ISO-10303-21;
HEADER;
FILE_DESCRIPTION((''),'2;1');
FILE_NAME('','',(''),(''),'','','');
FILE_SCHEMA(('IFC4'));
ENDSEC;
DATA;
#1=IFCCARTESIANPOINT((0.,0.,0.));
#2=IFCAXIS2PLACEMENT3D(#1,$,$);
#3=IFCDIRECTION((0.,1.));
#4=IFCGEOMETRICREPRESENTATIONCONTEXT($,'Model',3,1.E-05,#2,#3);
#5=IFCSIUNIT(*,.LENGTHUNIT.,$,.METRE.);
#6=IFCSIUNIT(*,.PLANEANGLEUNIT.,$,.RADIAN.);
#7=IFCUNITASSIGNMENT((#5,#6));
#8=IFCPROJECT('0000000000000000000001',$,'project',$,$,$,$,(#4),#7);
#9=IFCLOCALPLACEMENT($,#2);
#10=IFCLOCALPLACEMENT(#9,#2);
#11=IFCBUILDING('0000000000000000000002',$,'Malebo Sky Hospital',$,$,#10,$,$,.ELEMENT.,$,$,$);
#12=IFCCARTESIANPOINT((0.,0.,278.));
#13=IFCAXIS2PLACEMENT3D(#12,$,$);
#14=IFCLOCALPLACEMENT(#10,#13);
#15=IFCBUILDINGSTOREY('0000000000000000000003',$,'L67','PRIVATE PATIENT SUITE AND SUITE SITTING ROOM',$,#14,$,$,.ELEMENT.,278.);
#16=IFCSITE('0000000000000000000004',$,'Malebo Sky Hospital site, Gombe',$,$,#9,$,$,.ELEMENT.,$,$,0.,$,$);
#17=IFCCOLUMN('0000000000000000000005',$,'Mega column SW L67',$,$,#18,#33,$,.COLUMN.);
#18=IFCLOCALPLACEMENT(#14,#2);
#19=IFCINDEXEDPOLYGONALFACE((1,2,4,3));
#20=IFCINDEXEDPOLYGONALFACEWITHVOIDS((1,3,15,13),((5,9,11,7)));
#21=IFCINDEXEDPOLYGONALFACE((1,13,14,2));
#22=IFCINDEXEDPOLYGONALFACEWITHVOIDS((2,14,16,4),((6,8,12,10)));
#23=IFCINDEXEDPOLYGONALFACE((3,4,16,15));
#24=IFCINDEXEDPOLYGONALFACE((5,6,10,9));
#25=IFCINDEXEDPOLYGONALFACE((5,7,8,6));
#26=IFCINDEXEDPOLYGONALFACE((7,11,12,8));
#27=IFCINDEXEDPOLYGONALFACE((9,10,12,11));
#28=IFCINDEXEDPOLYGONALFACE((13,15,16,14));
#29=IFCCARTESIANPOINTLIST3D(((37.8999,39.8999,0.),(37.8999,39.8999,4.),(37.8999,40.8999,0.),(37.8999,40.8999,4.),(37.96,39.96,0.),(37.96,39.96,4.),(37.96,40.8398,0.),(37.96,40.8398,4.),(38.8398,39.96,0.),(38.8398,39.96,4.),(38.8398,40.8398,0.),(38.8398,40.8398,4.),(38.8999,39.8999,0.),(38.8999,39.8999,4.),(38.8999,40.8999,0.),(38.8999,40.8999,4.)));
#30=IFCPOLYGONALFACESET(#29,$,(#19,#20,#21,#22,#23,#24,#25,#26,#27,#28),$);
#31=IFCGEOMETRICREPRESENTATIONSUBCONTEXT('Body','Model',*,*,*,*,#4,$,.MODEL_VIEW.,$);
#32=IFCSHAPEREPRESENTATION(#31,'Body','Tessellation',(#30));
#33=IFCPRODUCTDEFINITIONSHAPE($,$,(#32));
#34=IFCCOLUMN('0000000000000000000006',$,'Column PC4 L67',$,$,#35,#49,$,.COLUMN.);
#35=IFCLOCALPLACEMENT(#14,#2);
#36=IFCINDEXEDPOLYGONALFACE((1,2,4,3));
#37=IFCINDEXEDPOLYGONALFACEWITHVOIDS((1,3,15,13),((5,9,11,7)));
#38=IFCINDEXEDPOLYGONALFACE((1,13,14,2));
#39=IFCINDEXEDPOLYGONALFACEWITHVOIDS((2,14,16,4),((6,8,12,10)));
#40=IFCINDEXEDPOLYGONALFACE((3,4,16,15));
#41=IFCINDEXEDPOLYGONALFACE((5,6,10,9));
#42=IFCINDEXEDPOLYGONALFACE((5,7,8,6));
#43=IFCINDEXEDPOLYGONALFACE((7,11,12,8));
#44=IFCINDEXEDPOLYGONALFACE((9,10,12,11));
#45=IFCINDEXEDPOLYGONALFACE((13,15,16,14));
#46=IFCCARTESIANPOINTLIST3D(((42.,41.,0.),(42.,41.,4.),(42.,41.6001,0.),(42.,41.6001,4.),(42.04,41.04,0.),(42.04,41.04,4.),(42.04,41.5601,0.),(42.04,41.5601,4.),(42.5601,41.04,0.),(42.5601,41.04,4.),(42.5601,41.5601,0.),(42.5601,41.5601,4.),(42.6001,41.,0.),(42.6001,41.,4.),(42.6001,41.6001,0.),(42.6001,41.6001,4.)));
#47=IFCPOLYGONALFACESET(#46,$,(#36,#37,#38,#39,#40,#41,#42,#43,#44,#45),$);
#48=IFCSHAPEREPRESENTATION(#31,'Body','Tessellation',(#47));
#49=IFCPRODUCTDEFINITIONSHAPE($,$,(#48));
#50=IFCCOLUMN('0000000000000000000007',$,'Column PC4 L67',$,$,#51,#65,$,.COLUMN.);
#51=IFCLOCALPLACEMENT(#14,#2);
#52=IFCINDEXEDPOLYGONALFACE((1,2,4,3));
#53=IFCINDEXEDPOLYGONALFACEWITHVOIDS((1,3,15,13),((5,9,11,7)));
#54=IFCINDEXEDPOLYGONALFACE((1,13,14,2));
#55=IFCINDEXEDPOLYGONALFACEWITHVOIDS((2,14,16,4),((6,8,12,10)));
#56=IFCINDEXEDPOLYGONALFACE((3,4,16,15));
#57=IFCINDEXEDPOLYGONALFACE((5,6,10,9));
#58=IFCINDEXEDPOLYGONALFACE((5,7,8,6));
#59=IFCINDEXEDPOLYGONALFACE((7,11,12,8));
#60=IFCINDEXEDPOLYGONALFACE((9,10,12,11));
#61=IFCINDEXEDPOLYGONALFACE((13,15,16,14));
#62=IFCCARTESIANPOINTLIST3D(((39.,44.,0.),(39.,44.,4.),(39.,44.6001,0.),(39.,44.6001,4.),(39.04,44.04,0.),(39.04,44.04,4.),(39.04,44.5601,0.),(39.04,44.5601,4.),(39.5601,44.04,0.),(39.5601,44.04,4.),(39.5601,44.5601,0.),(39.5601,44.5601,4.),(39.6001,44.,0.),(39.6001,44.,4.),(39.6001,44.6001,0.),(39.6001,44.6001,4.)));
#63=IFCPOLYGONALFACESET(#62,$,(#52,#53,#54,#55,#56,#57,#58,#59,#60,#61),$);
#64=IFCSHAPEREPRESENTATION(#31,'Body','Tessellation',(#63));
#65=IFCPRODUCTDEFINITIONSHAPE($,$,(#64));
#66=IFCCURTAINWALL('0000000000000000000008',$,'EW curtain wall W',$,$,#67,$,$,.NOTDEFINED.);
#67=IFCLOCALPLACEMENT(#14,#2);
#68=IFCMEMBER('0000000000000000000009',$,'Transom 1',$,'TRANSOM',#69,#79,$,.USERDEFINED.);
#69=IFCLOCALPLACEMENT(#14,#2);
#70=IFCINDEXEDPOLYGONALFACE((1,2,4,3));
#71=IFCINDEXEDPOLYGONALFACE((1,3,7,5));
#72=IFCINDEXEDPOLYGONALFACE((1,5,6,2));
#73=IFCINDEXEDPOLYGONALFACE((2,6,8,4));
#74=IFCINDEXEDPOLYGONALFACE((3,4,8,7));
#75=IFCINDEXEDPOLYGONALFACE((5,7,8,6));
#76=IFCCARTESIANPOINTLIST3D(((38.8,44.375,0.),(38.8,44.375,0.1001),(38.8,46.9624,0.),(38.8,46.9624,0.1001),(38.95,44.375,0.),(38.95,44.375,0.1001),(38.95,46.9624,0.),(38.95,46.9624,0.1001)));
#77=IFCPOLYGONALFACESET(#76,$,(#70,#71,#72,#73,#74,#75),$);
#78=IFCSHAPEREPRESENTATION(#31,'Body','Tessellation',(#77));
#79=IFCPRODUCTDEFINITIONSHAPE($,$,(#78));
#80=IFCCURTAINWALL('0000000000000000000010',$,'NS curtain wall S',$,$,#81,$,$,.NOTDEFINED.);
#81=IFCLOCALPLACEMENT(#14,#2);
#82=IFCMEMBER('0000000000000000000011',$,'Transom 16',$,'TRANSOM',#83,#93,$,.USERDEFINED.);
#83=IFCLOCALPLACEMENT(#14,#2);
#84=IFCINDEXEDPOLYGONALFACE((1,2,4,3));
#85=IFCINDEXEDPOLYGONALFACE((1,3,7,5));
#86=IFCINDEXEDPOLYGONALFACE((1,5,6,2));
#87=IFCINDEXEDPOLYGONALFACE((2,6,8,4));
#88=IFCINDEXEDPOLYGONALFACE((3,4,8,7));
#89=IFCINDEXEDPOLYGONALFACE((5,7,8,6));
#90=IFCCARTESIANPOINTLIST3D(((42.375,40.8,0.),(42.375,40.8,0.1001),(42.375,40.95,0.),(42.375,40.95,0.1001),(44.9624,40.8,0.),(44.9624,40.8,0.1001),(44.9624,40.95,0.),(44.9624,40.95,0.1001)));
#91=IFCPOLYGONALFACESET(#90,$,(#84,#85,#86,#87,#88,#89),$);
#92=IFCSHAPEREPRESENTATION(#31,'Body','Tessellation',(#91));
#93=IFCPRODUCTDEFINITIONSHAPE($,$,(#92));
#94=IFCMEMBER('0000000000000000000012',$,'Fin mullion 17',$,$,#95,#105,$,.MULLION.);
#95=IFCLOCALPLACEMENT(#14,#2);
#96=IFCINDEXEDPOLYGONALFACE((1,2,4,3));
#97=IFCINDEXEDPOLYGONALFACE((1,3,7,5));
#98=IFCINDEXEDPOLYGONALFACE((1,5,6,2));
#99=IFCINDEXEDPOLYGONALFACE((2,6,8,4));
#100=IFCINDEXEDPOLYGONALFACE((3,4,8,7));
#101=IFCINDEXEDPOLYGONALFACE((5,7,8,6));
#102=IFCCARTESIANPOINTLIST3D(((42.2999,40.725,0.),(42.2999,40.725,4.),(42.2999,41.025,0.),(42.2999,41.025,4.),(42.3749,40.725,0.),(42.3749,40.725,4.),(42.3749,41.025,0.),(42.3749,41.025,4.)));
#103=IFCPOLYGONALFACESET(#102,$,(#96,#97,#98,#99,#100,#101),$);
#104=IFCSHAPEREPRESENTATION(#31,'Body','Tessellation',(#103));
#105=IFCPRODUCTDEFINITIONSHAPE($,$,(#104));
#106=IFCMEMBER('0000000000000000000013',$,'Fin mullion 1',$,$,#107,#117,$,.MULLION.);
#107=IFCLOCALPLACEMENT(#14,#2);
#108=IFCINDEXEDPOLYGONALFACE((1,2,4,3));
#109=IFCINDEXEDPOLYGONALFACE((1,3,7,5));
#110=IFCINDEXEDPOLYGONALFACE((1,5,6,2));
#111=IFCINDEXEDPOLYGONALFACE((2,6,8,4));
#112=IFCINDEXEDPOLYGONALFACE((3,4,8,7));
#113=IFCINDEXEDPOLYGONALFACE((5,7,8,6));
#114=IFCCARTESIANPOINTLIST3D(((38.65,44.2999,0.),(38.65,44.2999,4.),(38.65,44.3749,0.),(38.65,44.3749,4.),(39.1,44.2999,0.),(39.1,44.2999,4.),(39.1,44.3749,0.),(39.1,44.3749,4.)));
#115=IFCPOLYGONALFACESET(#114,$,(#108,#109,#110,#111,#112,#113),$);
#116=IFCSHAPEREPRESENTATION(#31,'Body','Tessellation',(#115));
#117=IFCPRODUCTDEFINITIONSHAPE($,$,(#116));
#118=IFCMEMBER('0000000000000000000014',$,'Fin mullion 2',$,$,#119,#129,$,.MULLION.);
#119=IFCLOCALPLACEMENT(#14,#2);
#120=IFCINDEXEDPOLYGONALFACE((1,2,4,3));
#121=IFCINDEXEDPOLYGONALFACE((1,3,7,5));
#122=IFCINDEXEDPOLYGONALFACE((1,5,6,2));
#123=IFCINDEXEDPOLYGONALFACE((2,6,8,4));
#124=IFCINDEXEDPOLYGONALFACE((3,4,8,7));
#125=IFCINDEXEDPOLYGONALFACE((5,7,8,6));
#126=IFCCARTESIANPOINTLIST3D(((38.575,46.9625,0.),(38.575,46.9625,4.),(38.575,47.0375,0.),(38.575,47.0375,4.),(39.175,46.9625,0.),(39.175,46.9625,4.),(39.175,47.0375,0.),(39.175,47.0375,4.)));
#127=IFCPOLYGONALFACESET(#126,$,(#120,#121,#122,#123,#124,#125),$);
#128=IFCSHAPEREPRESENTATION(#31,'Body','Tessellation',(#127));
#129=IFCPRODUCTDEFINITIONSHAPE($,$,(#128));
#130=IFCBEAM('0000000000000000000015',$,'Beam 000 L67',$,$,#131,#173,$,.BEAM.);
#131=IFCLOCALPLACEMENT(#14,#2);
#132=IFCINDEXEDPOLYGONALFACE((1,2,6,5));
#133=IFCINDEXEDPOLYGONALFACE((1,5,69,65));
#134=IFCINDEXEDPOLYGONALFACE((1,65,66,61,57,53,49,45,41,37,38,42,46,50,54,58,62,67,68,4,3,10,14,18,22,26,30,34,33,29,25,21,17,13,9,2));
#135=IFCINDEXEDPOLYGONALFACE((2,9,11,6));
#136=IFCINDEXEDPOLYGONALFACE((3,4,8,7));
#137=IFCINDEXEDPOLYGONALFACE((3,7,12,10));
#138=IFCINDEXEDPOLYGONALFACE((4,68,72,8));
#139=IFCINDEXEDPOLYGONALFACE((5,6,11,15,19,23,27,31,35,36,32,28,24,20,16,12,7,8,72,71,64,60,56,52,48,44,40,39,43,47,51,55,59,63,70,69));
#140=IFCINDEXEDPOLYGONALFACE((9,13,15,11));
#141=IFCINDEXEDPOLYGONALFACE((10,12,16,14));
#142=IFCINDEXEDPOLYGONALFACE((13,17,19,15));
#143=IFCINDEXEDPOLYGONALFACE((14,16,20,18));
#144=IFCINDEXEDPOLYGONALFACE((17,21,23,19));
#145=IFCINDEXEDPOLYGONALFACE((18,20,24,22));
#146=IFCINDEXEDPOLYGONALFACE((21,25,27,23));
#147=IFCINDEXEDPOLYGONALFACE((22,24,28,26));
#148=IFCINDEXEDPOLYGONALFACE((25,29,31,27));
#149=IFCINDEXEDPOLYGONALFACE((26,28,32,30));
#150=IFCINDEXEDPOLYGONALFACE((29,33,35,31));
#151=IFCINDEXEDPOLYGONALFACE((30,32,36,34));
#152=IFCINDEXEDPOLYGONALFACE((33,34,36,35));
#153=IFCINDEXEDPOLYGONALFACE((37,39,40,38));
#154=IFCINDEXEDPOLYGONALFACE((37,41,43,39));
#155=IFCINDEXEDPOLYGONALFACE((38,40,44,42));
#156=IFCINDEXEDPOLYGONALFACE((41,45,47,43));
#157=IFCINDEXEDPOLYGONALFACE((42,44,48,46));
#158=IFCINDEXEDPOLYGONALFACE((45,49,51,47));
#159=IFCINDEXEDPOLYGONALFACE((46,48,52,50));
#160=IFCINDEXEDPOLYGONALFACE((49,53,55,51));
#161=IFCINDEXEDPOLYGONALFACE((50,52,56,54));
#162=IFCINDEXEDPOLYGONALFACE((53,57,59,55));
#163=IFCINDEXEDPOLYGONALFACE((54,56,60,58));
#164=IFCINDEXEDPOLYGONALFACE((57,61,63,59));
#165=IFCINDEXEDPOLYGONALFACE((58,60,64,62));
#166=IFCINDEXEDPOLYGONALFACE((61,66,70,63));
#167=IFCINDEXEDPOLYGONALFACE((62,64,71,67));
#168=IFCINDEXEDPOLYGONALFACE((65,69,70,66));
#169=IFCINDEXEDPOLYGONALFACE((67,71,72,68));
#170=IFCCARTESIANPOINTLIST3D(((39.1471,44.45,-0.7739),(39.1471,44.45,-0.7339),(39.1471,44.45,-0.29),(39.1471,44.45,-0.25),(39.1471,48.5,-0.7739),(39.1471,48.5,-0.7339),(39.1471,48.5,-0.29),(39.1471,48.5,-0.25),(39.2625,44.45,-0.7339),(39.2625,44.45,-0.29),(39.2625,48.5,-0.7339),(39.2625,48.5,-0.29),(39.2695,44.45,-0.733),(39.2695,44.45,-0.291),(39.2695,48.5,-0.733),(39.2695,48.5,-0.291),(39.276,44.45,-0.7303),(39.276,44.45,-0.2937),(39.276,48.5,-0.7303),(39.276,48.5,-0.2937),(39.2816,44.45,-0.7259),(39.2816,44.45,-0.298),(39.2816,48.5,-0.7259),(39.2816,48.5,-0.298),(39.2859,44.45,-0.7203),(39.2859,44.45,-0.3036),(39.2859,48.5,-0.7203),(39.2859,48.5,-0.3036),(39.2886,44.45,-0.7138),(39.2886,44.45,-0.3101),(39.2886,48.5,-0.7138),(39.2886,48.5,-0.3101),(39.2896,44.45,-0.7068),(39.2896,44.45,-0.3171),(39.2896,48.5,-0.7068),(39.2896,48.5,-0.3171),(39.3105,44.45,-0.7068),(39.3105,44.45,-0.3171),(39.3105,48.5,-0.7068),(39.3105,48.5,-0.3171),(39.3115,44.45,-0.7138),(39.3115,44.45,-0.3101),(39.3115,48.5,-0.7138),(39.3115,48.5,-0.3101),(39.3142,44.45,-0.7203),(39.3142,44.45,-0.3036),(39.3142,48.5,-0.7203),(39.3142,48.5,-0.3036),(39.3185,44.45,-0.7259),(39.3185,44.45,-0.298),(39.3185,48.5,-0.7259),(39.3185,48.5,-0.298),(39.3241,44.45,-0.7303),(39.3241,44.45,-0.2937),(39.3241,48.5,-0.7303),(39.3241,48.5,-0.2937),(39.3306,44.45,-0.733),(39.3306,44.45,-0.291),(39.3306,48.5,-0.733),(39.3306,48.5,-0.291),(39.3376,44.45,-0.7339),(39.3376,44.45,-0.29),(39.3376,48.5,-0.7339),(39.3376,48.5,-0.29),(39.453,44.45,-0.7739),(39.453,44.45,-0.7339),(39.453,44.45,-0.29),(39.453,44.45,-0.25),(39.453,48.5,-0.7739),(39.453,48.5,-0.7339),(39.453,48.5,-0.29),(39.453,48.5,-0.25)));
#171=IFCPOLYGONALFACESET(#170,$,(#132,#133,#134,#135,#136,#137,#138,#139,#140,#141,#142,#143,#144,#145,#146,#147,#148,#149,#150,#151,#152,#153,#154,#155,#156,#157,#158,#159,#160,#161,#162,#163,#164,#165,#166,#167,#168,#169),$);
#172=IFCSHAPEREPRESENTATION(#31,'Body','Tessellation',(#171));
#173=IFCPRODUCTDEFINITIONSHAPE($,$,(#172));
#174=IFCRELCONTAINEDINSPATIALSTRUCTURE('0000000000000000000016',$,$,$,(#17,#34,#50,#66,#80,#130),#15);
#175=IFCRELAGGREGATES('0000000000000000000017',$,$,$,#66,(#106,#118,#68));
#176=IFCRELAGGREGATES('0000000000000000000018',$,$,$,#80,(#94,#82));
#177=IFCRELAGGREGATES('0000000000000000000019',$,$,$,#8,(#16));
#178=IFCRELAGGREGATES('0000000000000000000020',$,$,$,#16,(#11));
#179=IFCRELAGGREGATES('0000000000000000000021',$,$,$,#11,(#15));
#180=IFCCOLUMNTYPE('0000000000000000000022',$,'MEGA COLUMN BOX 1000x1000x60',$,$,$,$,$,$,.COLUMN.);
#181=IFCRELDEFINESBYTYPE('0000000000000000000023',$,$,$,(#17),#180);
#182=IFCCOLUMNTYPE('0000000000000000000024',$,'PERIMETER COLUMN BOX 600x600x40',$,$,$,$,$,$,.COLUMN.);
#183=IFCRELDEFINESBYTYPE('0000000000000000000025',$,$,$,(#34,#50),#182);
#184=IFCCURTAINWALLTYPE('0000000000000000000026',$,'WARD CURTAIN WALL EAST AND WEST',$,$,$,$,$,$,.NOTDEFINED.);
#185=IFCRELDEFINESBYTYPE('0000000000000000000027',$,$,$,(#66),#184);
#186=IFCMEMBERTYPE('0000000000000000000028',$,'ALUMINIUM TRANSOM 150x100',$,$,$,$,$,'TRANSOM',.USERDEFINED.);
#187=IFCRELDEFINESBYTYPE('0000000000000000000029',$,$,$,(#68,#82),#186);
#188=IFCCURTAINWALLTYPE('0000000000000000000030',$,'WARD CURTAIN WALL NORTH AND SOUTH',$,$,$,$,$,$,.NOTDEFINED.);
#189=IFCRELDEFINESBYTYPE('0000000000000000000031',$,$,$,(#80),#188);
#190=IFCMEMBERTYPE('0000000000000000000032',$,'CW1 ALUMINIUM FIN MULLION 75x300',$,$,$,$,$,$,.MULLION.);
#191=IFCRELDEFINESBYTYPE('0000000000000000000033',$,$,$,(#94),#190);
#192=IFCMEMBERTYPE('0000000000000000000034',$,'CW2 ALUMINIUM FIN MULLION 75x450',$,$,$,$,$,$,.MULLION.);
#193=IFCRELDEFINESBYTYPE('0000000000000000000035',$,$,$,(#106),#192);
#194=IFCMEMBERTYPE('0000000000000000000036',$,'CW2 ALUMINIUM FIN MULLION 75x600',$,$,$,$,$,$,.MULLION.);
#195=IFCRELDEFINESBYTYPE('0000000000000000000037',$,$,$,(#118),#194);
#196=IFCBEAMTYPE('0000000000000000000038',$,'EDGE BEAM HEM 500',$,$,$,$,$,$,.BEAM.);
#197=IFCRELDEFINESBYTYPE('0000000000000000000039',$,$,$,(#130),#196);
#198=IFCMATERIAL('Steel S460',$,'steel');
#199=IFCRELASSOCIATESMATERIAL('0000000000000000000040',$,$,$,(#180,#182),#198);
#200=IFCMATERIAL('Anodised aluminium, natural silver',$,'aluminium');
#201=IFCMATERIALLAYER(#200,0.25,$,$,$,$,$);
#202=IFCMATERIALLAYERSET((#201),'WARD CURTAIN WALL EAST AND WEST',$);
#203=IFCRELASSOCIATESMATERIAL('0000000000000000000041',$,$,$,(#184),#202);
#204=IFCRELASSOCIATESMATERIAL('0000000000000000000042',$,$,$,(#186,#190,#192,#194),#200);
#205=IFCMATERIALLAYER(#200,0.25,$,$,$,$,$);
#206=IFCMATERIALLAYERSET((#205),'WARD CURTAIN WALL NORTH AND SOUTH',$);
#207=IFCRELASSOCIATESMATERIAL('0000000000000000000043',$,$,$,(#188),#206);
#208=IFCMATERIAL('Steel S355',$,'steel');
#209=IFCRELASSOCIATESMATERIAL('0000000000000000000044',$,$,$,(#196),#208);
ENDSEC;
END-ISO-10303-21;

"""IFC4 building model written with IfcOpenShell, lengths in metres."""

from ifc_helpers import new_model, si_unit, direction, frame, origin, origin_2d, place, context, subcontext, project, spatial, rectangle, hollow_rectangle, i_section, extrude, material, layer, layer_set, material_profile, profile_set, type_object, element, aggregate, save


model = new_model("IFC4")

# Units and contexts
model_context = context("Model", 3, precision=1e-05, world=origin(), true_north=direction((0.0, 1.0)))
body_context = subcontext(model_context, "Body", "Model", "MODEL_VIEW")
ifc_project = project(units=[si_unit("LENGTHUNIT", "METRE"), si_unit("PLANEANGLEUNIT", "RADIAN")], contexts=[model_context])

# Site, building, storey
site_placement = place(None, origin())
site = spatial("IfcSite", under=ifc_project, at=site_placement, Name="Malebo Sky Hospital site, Gombe", CompositionType="ELEMENT", RefElevation=0.0)
building_placement = place(site_placement, origin())
building = spatial("IfcBuilding", under=site, at=building_placement, Name="Malebo Sky Hospital", CompositionType="ELEMENT")
storey_placement = place(building_placement, frame((0.0, 0.0, 278.0)))
storey = spatial("IfcBuildingStorey", under=building, at=storey_placement, Name="L67", Description="PRIVATE PATIENT SUITE AND SUITE SITTING ROOM", CompositionType="ELEMENT", Elevation=278.0)

# Columns
ifc_material_1 = material(Name="Steel S460", Category="steel")
ifc_material_profile_1 = material_profile(ifc_material_1, hollow_rectangle(XDim=1.0, YDim=1.0, WallThickness=0.0601, at=origin_2d()), Name="BOX 1000x1000x60")
ifc_profile_set_1 = profile_set([ifc_material_profile_1], Name="Steel S460")
column_type_1 = type_object("IfcColumnType", Name="MEGA COLUMN BOX 1000x1000x60", PredefinedType="COLUMN", material=ifc_profile_set_1)
column_placement = place(storey_placement, frame((38.3999, 40.3999, 0.0), z_axis=(0.0, 0.0, 1.0), x_axis=(1.0, 0.0, 0.0)))
element("IfcColumn", 1, at=column_placement, inside=storey, type_object=column_type_1, Name="Mega column SW L67", PredefinedType="COLUMN", context=body_context, shape_type="SweptSolid", body=[
    extrude(hollow_rectangle(XDim=1.0, YDim=1.0, WallThickness=0.0601, at=origin_2d()), origin(), (0.0, 0.0, 1.0), 4.0),
])
ifc_material_profile_2 = material_profile(ifc_material_1, hollow_rectangle(XDim=0.6001, YDim=0.6001, WallThickness=0.04, at=origin_2d()), Name="BOX 600x600x40")
ifc_profile_set_2 = profile_set([ifc_material_profile_2], Name="Steel S460")
column_type_2 = type_object("IfcColumnType", Name="PERIMETER COLUMN BOX 600x600x40", PredefinedType="COLUMN", material=ifc_profile_set_2)
for number, where, z_axis, x_axis, name in (
    (2, (42.3, 41.3, 0.0), (0.0, 0.0, 1.0), (1.0, 0.0, 0.0), "Column PC4 L67"),
    (3, (39.3, 44.3, 0.0), (0.0, 0.0, 1.0), (1.0, 0.0, 0.0), "Column PC4 L67"),
):
    element("IfcColumn", number, at=place(storey_placement, frame(where, z_axis=z_axis, x_axis=x_axis)), inside=storey, type_object=column_type_2, Name=name, PredefinedType="COLUMN", context=body_context, shape_type="SweptSolid", body=[
        extrude(hollow_rectangle(XDim=0.6001, YDim=0.6001, WallThickness=0.04, at=origin_2d()), origin(), (0.0, 0.0, 1.0), 4.0),
    ])

# Curtain wall, member
ifc_material_2 = material(Name="Anodised aluminium, natural silver", Category="aluminium")
ifc_layer_1 = layer(ifc_material_2, 0.25)
ifc_layer_set_1 = layer_set([ifc_layer_1], Name="WARD CURTAIN WALL EAST AND WEST")
curtain_wall_type_1 = type_object("IfcCurtainWallType", Name="WARD CURTAIN WALL EAST AND WEST", PredefinedType="NOTDEFINED", material=ifc_layer_set_1)
curtain_wall_1_placement = place(storey_placement, origin())
curtain_wall_1 = element("IfcCurtainWall", 4, at=curtain_wall_1_placement, inside=storey, type_object=curtain_wall_type_1, Name="EW curtain wall W", PredefinedType="NOTDEFINED")
ifc_material_profile_3 = material_profile(ifc_material_2, rectangle(XDim=0.1499, YDim=0.1001, at=origin_2d()), Name="ALUMINIUM TRANSOM 150x100")
ifc_profile_set_3 = profile_set([ifc_material_profile_3], Name="Anodised aluminium, natural silver")
member_type_1 = type_object("IfcMemberType", Name="ALUMINIUM TRANSOM 150x100", ElementType="TRANSOM", PredefinedType="USERDEFINED", material=ifc_profile_set_3)
member_1_placement = place(storey_placement, frame((38.875, 44.375, 0.05), z_axis=(0.0, 1.0, 0.0), x_axis=(-1.0, 0.0, 0.0)))
member_1 = element("IfcMember", 5, at=member_1_placement, type_object=member_type_1, Name="Transom 1", ObjectType="TRANSOM", PredefinedType="USERDEFINED", context=body_context, shape_type="SweptSolid", body=[
    extrude(rectangle(XDim=0.1499, YDim=0.1001, at=origin_2d()), origin(), (0.0, 0.0, 1.0), 2.5874),
])

# Curtain wall, members
ifc_layer_2 = layer(ifc_material_2, 0.25)
ifc_layer_set_2 = layer_set([ifc_layer_2], Name="WARD CURTAIN WALL NORTH AND SOUTH")
curtain_wall_type_2 = type_object("IfcCurtainWallType", Name="WARD CURTAIN WALL NORTH AND SOUTH", PredefinedType="NOTDEFINED", material=ifc_layer_set_2)
curtain_wall_2_placement = place(storey_placement, origin())
curtain_wall_2 = element("IfcCurtainWall", 6, at=curtain_wall_2_placement, inside=storey, type_object=curtain_wall_type_2, Name="NS curtain wall S", PredefinedType="NOTDEFINED")
member_2_placement = place(storey_placement, frame((44.9624, 40.875, 0.05), z_axis=(-1.0, 0.0, 0.0), x_axis=(0.0, -1.0, 0.0)))
member_2 = element("IfcMember", 7, at=member_2_placement, type_object=member_type_1, Name="Transom 16", ObjectType="TRANSOM", PredefinedType="USERDEFINED", context=body_context, shape_type="SweptSolid", body=[
    extrude(rectangle(XDim=0.1499, YDim=0.1001, at=origin_2d()), origin(), (0.0, 0.0, 1.0), 2.5874),
])
ifc_material_profile_4 = material_profile(ifc_material_2, rectangle(XDim=0.075, YDim=0.3, at=origin_2d()), Name="CW1 ALUMINIUM FIN MULLION 75x300")
ifc_profile_set_4 = profile_set([ifc_material_profile_4], Name="Anodised aluminium, natural silver")
member_type_2 = type_object("IfcMemberType", Name="CW1 ALUMINIUM FIN MULLION 75x300", PredefinedType="MULLION", material=ifc_profile_set_4)
member_3_placement = place(storey_placement, frame((42.3374, 40.875, 0.0), z_axis=(0.0, 0.0, 1.0), x_axis=(-1.0, 0.0, 0.0)))
member_3 = element("IfcMember", 8, at=member_3_placement, type_object=member_type_2, Name="Fin mullion 17", PredefinedType="MULLION", context=body_context, shape_type="SweptSolid", body=[
    extrude(rectangle(XDim=0.075, YDim=0.3, at=origin_2d()), origin(), (0.0, 0.0, 1.0), 4.0),
])

# Members
ifc_material_profile_5 = material_profile(ifc_material_2, rectangle(XDim=0.075, YDim=0.45, at=origin_2d()), Name="CW2 ALUMINIUM FIN MULLION 75x450")
ifc_profile_set_5 = profile_set([ifc_material_profile_5], Name="Anodised aluminium, natural silver")
member_type_3 = type_object("IfcMemberType", Name="CW2 ALUMINIUM FIN MULLION 75x450", PredefinedType="MULLION", material=ifc_profile_set_5)
member_4_placement = place(storey_placement, frame((38.875, 44.3374, 0.0), z_axis=(0.0, 0.0, 1.0), x_axis=(0.0, 1.0, 0.0)))
member_4 = element("IfcMember", 9, at=member_4_placement, type_object=member_type_3, Name="Fin mullion 1", PredefinedType="MULLION", context=body_context, shape_type="SweptSolid", body=[
    extrude(rectangle(XDim=0.075, YDim=0.45, at=origin_2d()), origin(), (0.0, 0.0, 1.0), 4.0),
])
ifc_material_profile_6 = material_profile(ifc_material_2, rectangle(XDim=0.075, YDim=0.6001, at=origin_2d()), Name="CW2 ALUMINIUM FIN MULLION 75x600")
ifc_profile_set_6 = profile_set([ifc_material_profile_6], Name="Anodised aluminium, natural silver")
member_type_4 = type_object("IfcMemberType", Name="CW2 ALUMINIUM FIN MULLION 75x600", PredefinedType="MULLION", material=ifc_profile_set_6)
member_5_placement = place(storey_placement, frame((38.875, 47.0, 0.0), z_axis=(0.0, 0.0, 1.0), x_axis=(0.0, 1.0, 0.0)))
member_5 = element("IfcMember", 10, at=member_5_placement, type_object=member_type_4, Name="Fin mullion 2", PredefinedType="MULLION", context=body_context, shape_type="SweptSolid", body=[
    extrude(rectangle(XDim=0.075, YDim=0.6001, at=origin_2d()), origin(), (0.0, 0.0, 1.0), 4.0),
])

# Beam
ifc_material_3 = material(Name="Steel S355", Category="steel")
ifc_material_profile_7 = material_profile(ifc_material_3, i_section(OverallWidth=0.3059, OverallDepth=0.5239, WebThickness=0.021, FlangeThickness=0.04, FilletRadius=0.0271, at=origin_2d()), Name="HEM 500")
ifc_profile_set_7 = profile_set([ifc_material_profile_7], Name="Steel S355")
beam_type_1 = type_object("IfcBeamType", Name="EDGE BEAM HEM 500", PredefinedType="BEAM", material=ifc_profile_set_7)
for number, where, z_axis, x_axis, name in (
    (11, (39.3, 44.45, -0.512), (0.0, 1.0, 0.0), (-1.0, 0.0, 0.0), "Beam 000 L67"),
):
    element("IfcBeam", number, at=place(storey_placement, frame(where, z_axis=z_axis, x_axis=x_axis)), inside=storey, type_object=beam_type_1, Name=name, PredefinedType="BEAM", context=body_context, shape_type="SweptSolid", body=[
        extrude(i_section(OverallWidth=0.3059, OverallDepth=0.5239, WebThickness=0.021, FlangeThickness=0.04, FilletRadius=0.0271, at=origin_2d()), origin(), (0.0, 0.0, 1.0), 4.05),
    ])

aggregate(curtain_wall_1, [member_4, member_5, member_1])
aggregate(curtain_wall_2, [member_3, member_2])

save(model, "model.ifc")
